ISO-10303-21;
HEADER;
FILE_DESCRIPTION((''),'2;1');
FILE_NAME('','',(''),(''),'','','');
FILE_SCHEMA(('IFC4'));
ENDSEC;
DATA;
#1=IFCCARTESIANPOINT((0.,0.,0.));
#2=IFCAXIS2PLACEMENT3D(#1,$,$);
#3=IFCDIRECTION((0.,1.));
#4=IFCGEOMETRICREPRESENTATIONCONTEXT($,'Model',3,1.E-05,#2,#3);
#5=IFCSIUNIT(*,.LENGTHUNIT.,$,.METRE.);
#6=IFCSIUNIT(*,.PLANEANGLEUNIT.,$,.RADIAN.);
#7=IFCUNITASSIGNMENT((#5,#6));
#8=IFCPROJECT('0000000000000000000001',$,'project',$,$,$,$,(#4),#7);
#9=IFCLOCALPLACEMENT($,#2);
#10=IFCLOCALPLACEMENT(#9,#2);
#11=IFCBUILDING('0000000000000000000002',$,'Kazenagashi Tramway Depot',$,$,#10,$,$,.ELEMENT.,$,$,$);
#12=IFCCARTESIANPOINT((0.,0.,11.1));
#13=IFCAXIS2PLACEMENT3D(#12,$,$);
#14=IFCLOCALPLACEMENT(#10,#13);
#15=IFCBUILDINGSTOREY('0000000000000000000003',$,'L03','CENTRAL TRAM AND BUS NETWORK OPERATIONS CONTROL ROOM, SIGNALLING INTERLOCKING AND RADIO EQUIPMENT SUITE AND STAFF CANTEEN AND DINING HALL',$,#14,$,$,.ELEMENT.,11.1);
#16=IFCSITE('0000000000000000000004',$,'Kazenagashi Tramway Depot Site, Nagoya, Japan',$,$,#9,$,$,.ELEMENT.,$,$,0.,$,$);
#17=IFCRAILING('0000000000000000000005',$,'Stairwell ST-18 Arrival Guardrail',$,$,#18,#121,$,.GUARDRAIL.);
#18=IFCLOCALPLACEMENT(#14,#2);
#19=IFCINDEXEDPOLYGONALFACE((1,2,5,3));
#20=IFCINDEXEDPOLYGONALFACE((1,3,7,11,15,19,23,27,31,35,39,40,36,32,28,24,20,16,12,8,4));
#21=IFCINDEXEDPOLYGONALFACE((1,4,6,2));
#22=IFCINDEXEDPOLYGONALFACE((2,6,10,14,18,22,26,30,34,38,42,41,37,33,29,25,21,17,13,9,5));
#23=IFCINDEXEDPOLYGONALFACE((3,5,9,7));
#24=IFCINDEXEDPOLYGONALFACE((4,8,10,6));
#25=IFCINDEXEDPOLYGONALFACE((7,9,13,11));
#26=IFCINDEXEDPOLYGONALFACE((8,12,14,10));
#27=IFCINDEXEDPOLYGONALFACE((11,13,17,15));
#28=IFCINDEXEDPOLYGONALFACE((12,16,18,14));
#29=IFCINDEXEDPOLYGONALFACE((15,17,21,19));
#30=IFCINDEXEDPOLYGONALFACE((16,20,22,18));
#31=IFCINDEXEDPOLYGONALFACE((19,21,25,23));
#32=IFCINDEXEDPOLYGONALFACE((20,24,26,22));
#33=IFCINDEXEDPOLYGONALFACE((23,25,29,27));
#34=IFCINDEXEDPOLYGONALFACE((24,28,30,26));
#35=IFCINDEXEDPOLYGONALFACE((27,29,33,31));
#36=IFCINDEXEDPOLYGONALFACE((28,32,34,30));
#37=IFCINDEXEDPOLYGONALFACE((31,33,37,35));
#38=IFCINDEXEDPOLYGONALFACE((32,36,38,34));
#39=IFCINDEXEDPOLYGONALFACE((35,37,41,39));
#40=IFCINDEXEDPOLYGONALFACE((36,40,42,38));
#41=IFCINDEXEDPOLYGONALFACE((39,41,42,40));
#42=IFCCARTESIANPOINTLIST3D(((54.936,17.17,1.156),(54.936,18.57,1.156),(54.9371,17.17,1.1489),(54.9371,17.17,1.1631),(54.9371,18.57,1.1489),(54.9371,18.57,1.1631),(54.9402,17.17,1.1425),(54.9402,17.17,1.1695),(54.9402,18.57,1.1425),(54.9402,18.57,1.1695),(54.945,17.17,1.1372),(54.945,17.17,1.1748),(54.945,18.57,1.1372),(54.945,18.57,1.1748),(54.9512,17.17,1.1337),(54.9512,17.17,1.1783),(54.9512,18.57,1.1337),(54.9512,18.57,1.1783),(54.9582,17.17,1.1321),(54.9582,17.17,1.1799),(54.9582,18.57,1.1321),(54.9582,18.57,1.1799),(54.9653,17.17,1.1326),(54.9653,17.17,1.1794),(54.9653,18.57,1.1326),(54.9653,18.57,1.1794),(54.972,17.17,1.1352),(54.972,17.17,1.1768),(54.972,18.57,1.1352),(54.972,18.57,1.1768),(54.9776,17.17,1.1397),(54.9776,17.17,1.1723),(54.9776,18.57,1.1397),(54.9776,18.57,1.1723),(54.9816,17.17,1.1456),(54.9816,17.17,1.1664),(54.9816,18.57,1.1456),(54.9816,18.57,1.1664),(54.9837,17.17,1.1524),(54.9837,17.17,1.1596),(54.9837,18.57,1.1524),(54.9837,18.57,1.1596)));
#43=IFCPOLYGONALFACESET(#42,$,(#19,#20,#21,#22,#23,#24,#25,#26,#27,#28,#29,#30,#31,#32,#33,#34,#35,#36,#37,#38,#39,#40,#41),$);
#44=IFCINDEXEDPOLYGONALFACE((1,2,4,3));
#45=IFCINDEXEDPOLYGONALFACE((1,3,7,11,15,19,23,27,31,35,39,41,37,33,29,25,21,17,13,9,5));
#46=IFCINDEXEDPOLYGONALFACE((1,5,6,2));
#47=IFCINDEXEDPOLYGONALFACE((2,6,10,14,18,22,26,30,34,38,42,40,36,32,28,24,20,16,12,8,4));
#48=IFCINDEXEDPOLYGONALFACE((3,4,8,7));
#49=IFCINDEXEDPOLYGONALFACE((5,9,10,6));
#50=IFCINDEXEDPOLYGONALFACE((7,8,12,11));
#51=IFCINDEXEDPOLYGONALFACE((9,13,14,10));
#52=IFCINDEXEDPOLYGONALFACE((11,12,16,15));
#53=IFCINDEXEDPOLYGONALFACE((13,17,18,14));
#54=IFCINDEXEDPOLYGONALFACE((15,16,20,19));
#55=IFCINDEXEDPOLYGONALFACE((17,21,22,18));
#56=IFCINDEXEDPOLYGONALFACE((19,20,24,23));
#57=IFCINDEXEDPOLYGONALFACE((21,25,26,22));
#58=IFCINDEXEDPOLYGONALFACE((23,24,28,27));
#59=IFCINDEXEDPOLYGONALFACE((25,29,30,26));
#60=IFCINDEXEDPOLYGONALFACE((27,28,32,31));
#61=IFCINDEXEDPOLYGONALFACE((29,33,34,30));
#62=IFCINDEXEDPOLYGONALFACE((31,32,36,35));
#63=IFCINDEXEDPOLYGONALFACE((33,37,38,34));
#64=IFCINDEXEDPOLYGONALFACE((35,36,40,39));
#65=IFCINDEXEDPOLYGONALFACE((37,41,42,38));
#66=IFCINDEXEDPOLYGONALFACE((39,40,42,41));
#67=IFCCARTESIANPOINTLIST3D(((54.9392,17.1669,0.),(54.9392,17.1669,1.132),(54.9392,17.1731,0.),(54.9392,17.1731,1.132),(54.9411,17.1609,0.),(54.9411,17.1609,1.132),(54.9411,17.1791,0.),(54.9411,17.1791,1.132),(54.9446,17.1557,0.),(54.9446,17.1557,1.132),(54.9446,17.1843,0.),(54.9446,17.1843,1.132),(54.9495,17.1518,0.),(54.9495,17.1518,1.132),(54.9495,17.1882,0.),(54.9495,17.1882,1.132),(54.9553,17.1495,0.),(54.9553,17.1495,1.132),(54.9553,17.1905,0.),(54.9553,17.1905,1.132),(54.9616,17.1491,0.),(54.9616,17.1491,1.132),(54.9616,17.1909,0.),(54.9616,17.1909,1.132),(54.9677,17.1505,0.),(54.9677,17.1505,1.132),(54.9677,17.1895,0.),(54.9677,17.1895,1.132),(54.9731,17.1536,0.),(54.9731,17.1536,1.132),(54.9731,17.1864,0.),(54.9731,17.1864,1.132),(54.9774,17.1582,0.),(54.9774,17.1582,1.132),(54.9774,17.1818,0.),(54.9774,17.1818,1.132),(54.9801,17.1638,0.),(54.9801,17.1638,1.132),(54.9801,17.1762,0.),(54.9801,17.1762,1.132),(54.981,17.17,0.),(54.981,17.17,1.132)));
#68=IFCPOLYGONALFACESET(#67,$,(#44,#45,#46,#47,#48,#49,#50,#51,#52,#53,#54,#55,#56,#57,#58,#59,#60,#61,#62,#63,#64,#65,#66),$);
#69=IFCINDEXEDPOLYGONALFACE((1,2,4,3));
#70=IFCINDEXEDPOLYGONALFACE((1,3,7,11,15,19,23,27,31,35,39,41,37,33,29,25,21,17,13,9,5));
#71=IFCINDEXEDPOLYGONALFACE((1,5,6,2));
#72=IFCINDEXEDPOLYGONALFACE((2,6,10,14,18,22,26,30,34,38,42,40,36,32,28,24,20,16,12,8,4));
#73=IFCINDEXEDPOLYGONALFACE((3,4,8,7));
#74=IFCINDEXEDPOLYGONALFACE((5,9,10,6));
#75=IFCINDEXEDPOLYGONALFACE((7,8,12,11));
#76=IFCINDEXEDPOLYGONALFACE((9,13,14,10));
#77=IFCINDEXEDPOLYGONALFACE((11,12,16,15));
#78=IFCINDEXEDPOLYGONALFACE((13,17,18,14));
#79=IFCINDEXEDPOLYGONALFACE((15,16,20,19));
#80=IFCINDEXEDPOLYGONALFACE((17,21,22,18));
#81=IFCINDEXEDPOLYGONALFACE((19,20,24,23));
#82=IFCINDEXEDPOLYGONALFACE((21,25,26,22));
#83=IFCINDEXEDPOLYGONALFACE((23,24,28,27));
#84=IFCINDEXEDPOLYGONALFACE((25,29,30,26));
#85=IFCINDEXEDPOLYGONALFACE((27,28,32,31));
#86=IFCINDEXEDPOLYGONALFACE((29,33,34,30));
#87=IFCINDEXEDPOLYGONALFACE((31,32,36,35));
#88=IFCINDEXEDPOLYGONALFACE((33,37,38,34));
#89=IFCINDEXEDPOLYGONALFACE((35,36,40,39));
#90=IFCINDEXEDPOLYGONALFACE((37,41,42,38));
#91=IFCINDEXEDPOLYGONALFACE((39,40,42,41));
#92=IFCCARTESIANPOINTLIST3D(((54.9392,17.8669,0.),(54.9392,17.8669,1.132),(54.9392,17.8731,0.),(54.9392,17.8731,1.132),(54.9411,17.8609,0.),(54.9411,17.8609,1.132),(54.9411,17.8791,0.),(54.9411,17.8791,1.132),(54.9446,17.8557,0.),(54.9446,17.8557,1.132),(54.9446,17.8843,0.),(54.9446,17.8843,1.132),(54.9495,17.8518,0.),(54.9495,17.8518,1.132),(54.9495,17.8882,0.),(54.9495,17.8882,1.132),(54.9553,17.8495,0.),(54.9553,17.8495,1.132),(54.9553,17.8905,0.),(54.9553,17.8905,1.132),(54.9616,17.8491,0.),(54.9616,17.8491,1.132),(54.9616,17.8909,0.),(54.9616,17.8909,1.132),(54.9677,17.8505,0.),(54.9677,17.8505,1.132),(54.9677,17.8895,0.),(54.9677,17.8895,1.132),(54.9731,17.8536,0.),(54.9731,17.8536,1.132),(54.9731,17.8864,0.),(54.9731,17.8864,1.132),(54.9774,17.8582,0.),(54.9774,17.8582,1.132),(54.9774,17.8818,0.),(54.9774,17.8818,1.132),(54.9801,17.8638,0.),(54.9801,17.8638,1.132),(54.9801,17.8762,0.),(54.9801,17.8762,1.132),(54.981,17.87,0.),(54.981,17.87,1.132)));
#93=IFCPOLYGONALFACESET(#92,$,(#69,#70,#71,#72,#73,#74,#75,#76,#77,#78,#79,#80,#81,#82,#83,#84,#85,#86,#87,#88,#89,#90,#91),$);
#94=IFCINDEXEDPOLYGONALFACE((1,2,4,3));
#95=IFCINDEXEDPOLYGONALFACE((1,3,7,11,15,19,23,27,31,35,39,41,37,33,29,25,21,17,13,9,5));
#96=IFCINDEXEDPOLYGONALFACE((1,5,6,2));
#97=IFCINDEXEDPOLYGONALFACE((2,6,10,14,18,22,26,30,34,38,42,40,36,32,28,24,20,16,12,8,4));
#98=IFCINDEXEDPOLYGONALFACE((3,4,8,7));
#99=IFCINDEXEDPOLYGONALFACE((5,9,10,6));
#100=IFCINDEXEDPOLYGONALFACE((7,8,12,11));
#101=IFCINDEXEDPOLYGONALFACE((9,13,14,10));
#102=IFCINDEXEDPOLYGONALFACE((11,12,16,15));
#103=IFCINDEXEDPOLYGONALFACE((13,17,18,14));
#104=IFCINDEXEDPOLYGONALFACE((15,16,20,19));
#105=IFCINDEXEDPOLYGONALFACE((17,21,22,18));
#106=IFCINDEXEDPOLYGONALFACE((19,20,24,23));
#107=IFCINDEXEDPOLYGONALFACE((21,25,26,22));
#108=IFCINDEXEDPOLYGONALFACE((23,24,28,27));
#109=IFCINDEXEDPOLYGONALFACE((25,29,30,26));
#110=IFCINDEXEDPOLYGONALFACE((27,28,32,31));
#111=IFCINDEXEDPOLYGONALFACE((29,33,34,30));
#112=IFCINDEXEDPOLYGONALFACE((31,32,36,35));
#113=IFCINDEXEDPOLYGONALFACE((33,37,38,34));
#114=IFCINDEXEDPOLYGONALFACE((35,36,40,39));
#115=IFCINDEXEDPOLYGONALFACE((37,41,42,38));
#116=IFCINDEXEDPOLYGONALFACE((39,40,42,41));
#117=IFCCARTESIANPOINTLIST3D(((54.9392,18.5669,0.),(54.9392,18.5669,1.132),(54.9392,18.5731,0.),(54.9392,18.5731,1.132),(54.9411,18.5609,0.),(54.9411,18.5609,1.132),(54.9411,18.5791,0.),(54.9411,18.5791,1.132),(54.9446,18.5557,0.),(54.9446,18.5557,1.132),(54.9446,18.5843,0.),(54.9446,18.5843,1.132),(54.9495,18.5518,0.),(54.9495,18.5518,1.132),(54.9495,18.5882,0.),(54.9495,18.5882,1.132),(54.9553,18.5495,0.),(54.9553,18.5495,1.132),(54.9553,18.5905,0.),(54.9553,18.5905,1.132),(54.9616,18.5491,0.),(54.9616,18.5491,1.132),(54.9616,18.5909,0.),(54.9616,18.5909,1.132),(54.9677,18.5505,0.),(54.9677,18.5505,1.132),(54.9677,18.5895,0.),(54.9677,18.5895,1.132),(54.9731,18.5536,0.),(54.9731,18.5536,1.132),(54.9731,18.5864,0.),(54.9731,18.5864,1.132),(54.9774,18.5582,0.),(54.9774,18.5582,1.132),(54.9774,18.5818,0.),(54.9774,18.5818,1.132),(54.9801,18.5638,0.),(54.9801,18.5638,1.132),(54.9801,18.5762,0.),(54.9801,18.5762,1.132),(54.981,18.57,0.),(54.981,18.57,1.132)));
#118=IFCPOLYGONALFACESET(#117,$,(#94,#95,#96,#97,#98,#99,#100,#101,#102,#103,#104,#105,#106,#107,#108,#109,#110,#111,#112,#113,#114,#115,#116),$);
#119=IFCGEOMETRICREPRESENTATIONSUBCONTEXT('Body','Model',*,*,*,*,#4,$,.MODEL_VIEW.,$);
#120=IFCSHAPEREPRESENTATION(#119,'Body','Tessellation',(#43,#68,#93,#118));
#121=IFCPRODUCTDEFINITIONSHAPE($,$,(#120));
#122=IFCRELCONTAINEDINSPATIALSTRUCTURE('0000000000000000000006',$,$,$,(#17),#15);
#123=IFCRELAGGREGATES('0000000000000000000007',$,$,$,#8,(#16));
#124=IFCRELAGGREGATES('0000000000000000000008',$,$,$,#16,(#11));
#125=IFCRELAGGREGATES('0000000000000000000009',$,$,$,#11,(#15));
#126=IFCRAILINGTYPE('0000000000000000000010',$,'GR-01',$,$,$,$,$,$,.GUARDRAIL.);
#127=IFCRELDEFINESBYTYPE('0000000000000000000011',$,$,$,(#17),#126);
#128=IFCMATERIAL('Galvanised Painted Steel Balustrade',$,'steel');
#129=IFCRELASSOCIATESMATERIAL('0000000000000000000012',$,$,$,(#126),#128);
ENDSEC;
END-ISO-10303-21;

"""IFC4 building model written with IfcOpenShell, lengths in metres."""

from ifc_helpers import new_model, si_unit, direction, frame, origin, origin_2d, place, context, subcontext, project, spatial, circle, extrude, material, type_object, element, save


model = new_model("IFC4")

# Units and contexts
model_context = context("Model", 3, precision=1e-05, world=origin(), true_north=direction((0.0, 1.0)))
body_context = subcontext(model_context, "Body", "Model", "MODEL_VIEW")
ifc_project = project(units=[si_unit("LENGTHUNIT", "METRE"), si_unit("PLANEANGLEUNIT", "RADIAN")], contexts=[model_context])

# Site, building, storey
site_placement = place(None, origin())
site = spatial("IfcSite", under=ifc_project, at=site_placement, Name="Kazenagashi Tramway Depot Site, Nagoya, Japan", CompositionType="ELEMENT", RefElevation=0.0)
building_placement = place(site_placement, origin())
building = spatial("IfcBuilding", under=site, at=building_placement, Name="Kazenagashi Tramway Depot", CompositionType="ELEMENT")
storey_placement = place(building_placement, frame((0.0, 0.0, 11.1)))
storey = spatial("IfcBuildingStorey", under=building, at=storey_placement, Name="L03", Description="CENTRAL TRAM AND BUS NETWORK OPERATIONS CONTROL ROOM, SIGNALLING INTERLOCKING AND RADIO EQUIPMENT SUITE AND STAFF CANTEEN AND DINING HALL", CompositionType="ELEMENT", Elevation=11.1)

# Railing
ifc_material_1 = material(Name="Galvanised Painted Steel Balustrade", Category="steel")
railing_type = type_object("IfcRailingType", Name="GR-01", PredefinedType="GUARDRAIL", material=ifc_material_1)
railing_1_placement = place(storey_placement, frame((54.96, 17.17, 0.0)))
element("IfcRailing", 1, at=railing_1_placement, inside=storey, type_object=railing_type, Name="Stairwell ST-18 Arrival Guardrail", PredefinedType="GUARDRAIL", context=body_context, shape_type="SweptSolid", body=[
    extrude(circle(Radius=0.024, at=origin_2d()), frame((0.0, 0.0, 1.156), z_axis=(0.0, 1.0, 0.0), x_axis=(-1.0, 0.0, 0.0)), (0.0, 0.0, 1.0), 1.4),
    extrude(circle(Radius=0.021, at=origin_2d()), origin(), (0.0, 0.0, 1.0), 1.132),
    extrude(circle(Radius=0.021, at=origin_2d()), frame((0.0, 0.7, 0.0)), (0.0, 0.0, 1.0), 1.132),
    extrude(circle(Radius=0.021, at=origin_2d()), frame((0.0, 1.4, 0.0)), (0.0, 0.0, 1.0), 1.132),
])

save(model, "model.ifc")
